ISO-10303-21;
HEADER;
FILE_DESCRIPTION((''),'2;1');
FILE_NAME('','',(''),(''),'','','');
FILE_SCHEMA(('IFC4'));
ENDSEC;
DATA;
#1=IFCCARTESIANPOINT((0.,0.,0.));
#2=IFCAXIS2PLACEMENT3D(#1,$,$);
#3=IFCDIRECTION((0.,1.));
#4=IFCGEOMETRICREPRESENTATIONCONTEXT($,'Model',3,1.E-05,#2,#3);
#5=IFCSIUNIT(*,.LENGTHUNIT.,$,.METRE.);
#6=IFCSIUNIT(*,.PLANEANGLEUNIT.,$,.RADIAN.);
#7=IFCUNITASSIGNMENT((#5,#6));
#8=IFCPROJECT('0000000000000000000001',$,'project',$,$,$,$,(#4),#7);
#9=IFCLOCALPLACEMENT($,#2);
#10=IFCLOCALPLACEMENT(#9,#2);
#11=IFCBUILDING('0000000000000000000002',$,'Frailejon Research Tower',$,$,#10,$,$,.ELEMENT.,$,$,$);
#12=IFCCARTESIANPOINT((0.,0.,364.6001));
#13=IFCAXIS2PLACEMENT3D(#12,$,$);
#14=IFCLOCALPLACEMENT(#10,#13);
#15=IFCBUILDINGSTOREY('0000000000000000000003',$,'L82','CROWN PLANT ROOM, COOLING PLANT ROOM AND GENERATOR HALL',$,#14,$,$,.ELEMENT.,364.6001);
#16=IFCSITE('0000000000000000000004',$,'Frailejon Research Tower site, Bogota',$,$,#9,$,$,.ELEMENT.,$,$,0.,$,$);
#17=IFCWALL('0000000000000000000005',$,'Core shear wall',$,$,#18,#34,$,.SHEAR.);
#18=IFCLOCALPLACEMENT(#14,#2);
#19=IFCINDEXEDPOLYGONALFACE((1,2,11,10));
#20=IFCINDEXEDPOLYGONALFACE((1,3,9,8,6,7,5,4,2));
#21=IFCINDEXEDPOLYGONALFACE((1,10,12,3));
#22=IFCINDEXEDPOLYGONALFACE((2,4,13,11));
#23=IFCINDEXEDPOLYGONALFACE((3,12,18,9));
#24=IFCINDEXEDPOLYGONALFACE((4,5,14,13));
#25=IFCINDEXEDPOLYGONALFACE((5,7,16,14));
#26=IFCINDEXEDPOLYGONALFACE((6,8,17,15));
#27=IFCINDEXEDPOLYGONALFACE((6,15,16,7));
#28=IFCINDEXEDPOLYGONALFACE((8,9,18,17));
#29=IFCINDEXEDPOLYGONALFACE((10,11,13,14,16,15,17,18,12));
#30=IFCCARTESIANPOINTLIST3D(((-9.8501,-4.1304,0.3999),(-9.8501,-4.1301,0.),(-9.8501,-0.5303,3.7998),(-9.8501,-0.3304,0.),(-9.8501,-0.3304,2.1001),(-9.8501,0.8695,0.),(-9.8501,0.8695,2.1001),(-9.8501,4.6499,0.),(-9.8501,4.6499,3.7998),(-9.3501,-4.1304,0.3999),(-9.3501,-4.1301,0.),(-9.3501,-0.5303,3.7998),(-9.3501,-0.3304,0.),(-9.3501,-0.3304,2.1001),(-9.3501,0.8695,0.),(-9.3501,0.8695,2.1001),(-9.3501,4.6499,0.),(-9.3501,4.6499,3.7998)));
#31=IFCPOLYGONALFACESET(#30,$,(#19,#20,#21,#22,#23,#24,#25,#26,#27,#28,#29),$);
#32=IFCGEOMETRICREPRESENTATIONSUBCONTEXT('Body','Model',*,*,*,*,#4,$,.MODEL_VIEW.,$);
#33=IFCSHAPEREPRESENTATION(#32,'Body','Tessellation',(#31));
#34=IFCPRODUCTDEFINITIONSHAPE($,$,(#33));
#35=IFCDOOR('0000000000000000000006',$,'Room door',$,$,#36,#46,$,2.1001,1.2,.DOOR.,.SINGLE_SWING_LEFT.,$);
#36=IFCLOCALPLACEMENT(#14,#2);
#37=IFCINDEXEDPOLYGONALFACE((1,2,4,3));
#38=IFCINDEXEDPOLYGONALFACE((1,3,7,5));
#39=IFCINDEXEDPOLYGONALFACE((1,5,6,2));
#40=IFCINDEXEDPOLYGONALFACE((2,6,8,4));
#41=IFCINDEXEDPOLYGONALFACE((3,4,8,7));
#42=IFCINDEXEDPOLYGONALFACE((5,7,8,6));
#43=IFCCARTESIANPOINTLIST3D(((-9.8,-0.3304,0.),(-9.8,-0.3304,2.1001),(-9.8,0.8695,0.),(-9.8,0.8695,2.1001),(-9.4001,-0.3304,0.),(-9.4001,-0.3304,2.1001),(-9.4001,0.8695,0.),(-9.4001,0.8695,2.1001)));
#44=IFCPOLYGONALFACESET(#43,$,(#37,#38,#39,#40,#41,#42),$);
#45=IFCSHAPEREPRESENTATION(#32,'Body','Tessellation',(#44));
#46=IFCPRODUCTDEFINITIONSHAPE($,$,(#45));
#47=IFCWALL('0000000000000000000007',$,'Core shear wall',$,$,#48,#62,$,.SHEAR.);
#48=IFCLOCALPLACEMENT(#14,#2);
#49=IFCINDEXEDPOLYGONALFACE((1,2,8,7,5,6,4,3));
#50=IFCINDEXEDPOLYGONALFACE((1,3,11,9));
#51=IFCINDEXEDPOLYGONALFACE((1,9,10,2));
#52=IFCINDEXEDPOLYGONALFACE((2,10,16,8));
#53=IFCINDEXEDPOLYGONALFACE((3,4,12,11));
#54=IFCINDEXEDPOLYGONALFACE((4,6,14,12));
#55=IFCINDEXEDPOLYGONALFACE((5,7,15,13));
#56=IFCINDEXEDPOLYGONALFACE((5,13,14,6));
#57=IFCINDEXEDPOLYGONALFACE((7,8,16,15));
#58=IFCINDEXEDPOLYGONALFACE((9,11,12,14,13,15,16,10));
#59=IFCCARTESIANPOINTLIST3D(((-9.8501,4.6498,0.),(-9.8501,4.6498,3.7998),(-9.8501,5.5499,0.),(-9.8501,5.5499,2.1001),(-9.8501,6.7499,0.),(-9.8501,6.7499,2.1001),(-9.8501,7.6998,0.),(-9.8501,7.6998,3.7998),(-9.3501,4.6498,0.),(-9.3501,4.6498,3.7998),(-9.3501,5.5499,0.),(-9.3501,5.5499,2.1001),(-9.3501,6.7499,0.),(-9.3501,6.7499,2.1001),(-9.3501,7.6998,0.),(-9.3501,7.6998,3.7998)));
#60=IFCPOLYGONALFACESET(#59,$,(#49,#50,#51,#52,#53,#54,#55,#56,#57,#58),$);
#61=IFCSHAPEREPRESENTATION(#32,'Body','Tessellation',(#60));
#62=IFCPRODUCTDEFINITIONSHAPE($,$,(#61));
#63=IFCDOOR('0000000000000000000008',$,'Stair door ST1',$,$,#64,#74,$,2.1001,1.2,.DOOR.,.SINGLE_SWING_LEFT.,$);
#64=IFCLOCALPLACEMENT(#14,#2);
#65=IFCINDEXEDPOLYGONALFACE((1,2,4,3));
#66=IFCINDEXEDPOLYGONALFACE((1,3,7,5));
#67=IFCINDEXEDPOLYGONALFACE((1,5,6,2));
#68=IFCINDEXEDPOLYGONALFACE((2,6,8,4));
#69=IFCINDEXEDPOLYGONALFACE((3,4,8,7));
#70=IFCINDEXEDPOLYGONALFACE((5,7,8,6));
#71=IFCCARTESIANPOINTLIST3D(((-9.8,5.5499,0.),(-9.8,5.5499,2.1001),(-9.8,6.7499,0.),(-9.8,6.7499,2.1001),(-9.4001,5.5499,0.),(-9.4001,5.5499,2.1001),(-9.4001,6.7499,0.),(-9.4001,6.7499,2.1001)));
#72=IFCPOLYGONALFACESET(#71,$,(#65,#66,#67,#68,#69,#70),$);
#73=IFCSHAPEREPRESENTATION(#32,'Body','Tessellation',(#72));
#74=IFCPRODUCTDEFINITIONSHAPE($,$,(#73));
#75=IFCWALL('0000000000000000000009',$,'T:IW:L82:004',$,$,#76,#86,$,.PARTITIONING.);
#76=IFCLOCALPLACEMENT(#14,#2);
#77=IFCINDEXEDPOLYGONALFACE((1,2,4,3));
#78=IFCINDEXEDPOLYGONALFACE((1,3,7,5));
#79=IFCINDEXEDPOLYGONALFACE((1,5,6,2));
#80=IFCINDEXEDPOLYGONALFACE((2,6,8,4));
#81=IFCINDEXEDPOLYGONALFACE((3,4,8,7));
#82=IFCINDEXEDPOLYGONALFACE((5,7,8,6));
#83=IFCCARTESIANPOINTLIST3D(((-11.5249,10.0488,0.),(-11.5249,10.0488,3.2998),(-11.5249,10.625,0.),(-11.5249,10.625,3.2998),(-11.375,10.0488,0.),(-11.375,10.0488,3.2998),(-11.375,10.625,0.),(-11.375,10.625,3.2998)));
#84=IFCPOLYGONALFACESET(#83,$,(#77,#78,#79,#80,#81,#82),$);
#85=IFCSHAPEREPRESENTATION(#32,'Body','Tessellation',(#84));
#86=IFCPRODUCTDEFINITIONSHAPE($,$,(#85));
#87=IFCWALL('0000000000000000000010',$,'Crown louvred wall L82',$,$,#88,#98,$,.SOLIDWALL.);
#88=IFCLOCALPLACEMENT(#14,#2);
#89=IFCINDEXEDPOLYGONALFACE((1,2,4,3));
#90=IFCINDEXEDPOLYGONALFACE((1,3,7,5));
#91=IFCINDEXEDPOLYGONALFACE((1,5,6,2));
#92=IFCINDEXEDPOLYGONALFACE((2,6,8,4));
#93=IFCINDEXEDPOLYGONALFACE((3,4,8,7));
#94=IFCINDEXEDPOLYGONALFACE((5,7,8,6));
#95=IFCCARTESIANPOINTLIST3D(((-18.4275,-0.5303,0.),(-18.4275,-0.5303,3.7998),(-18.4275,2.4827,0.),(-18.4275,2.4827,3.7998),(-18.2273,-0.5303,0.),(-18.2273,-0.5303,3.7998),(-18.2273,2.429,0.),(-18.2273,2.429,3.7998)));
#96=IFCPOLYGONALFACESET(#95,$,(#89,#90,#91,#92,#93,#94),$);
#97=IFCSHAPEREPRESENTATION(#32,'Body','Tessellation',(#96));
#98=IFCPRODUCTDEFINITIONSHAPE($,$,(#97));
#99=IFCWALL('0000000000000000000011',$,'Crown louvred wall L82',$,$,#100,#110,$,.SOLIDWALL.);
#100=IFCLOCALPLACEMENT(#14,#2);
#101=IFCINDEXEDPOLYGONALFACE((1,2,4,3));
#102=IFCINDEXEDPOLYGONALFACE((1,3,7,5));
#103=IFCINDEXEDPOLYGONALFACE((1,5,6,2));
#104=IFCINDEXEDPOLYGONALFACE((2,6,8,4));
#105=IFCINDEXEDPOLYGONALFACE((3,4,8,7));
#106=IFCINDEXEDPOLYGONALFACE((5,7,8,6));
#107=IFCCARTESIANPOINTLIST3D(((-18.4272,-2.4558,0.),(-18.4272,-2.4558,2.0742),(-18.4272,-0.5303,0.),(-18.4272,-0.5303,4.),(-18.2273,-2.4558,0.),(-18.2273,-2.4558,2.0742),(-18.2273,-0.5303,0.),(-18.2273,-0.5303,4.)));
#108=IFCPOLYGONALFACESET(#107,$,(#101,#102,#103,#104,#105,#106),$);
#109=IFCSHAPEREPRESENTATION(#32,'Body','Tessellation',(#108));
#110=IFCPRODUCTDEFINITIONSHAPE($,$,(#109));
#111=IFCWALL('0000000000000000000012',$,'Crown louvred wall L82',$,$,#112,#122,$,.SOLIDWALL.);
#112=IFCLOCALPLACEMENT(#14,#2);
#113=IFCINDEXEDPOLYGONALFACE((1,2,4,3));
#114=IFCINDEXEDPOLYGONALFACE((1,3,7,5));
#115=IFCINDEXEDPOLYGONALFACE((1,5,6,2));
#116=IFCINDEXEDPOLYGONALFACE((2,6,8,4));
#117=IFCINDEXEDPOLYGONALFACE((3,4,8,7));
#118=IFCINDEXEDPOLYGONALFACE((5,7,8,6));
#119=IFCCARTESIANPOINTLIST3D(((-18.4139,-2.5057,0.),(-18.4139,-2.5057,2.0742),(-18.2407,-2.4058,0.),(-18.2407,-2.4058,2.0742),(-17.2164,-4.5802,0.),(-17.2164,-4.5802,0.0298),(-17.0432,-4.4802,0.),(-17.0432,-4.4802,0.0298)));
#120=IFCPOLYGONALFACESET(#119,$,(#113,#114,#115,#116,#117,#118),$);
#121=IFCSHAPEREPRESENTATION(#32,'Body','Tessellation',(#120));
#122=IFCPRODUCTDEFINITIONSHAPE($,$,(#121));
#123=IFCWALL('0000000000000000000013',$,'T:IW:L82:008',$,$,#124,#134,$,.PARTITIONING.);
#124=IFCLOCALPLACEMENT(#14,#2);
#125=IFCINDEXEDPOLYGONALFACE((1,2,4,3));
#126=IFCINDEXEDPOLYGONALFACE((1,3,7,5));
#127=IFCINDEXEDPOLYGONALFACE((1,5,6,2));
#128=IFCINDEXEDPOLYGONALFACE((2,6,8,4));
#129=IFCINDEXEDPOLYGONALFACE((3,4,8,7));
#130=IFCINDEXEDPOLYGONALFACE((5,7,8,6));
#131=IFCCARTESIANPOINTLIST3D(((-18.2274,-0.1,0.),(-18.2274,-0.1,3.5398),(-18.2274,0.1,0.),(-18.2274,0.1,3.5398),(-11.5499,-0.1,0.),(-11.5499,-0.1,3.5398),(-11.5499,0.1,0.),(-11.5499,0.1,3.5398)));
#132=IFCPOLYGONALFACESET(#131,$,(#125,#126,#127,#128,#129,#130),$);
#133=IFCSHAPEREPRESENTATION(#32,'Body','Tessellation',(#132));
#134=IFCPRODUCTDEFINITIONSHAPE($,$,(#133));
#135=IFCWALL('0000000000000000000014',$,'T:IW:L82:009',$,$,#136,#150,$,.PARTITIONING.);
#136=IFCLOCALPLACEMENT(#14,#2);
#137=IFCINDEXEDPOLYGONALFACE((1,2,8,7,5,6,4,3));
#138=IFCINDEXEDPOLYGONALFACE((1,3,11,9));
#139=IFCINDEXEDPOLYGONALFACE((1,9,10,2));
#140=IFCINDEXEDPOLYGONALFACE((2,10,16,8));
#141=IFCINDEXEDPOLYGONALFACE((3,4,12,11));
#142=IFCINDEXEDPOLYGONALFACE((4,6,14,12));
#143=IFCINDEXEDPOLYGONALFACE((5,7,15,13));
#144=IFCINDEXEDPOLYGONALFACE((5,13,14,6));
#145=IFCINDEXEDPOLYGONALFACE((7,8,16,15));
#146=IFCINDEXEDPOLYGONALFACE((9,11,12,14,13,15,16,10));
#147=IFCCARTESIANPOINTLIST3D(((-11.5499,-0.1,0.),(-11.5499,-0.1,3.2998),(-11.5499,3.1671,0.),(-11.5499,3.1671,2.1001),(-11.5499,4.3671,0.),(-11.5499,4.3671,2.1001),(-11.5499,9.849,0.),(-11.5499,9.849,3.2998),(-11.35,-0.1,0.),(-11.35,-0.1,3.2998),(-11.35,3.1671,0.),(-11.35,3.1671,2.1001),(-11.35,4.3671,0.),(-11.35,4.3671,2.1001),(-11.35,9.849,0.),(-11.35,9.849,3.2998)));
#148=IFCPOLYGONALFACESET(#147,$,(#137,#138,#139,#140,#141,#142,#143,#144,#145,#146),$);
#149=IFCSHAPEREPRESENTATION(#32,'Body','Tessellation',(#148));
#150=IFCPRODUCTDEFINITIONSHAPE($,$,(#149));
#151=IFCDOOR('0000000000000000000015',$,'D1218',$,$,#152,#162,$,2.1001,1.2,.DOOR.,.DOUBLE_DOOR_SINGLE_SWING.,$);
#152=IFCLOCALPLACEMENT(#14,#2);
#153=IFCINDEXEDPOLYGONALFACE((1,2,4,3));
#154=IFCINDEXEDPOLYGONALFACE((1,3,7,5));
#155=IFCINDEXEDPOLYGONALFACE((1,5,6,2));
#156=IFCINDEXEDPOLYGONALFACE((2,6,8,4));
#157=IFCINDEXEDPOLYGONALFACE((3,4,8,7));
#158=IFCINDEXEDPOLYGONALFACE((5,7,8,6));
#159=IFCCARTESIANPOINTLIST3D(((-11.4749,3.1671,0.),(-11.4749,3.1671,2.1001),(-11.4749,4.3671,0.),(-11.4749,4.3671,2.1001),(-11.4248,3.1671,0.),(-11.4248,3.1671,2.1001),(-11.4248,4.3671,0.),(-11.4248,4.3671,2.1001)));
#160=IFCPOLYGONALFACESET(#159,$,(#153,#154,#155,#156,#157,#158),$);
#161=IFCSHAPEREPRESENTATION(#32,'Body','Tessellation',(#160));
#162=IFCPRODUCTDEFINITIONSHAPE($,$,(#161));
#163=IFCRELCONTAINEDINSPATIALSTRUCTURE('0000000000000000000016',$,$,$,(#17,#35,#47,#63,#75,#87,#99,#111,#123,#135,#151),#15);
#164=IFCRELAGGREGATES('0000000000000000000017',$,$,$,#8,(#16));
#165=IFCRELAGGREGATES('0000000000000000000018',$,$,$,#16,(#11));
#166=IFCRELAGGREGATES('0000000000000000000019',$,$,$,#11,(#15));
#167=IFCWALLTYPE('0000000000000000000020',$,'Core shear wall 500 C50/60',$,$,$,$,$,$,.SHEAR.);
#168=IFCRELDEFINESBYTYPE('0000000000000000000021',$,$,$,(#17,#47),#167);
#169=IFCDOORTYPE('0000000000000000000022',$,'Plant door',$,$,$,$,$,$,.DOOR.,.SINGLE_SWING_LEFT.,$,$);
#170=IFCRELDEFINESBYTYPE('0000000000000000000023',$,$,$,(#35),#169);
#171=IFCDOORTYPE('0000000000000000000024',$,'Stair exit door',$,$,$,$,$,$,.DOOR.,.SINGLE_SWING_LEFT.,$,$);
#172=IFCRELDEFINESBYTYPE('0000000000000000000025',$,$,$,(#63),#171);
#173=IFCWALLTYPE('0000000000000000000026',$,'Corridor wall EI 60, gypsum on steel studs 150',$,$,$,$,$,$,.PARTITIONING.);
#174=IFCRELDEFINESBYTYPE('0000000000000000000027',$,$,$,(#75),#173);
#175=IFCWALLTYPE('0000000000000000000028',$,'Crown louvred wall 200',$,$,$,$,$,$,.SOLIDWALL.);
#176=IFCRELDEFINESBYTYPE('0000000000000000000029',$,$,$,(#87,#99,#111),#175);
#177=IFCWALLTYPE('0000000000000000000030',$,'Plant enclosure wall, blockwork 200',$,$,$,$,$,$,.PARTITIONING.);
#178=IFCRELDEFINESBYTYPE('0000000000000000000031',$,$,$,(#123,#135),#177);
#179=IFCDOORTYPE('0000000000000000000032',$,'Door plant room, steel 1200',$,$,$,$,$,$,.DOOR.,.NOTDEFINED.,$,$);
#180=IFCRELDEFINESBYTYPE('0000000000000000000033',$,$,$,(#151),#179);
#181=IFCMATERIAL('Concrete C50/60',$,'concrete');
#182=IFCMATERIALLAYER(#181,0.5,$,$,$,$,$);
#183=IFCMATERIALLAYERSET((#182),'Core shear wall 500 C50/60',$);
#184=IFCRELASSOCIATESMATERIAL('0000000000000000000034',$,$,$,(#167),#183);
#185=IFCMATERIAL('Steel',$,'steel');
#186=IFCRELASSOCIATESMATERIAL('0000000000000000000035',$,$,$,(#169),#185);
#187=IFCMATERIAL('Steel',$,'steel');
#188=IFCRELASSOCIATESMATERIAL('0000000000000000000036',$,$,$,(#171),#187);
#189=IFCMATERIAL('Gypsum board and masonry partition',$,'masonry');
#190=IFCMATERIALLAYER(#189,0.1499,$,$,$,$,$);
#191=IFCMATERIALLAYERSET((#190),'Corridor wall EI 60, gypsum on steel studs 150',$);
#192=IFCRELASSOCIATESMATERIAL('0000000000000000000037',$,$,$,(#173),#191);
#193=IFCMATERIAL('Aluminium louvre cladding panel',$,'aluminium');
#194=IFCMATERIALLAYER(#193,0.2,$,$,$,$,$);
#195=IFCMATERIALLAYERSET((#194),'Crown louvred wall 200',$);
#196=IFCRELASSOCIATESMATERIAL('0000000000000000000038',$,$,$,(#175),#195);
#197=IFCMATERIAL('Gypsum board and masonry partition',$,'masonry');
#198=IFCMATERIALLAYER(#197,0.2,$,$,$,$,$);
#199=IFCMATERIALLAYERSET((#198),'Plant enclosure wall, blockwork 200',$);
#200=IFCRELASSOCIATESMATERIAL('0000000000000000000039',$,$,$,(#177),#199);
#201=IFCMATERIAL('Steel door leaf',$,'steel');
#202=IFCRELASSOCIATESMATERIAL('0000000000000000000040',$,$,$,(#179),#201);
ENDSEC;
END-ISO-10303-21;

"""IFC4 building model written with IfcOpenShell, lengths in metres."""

from ifc_helpers import new_model, si_unit, direction, frame, frame_2d, origin, place, context, subcontext, project, spatial, polyline, rectangle, outline, extrude, material, layer, layer_set, type_object, element, fill, save


model = new_model("IFC4")

# Units and contexts
model_context = context("Model", 3, precision=1e-05, world=origin(), true_north=direction((0.0, 1.0)))
body_context = subcontext(model_context, "Body", "Model", "MODEL_VIEW")
ifc_project = project(units=[si_unit("LENGTHUNIT", "METRE"), si_unit("PLANEANGLEUNIT", "RADIAN")], contexts=[model_context])

# Site, building, storey
site_placement = place(None, origin())
site = spatial("IfcSite", under=ifc_project, at=site_placement, Name="Frailejon Research Tower site, Bogota", CompositionType="ELEMENT", RefElevation=0.0)
building_placement = place(site_placement, origin())
building = spatial("IfcBuilding", under=site, at=building_placement, Name="Frailejon Research Tower", CompositionType="ELEMENT")
storey_placement = place(building_placement, frame((0.0, 0.0, 364.6001)))
storey = spatial("IfcBuildingStorey", under=building, at=storey_placement, Name="L82", Description="CROWN PLANT ROOM, COOLING PLANT ROOM AND GENERATOR HALL", CompositionType="ELEMENT", Elevation=364.6001)

# Walls, openings, doors
ifc_material_1 = material(Name="Concrete C50/60", Category="concrete")
ifc_layer_1 = layer(ifc_material_1, 0.5)
ifc_layer_set_1 = layer_set([ifc_layer_1], Name="Core shear wall 500 C50/60")
wall_type_1 = type_object("IfcWallType", Name="Core shear wall 500 C50/60", PredefinedType="SHEAR", material=ifc_layer_set_1)
wall_1_placement = place(storey_placement, frame((-9.6001, 4.6499, 0.0), z_axis=(0.0, 0.0, 1.0), x_axis=(0.0, -1.0, 0.0)))
wall_1 = element("IfcWall", 1, at=wall_1_placement, inside=storey, type_object=wall_type_1, Name="Core shear wall", PredefinedType="SHEAR", context=body_context, shape_type="SweptSolid", body=[
    extrude(outline(polyline([(0.0, 0.0), (8.78, 0.0), (8.7803, 0.3999), (5.1802, 3.7998), (0.0, 3.7998), (0.0, 0.0)])), frame((0.0, 0.25, 0.0), z_axis=(0.0, -1.0, 0.0), x_axis=(1.0, 0.0, 0.0)), (0.0, 0.0, 1.0), 0.5),
])
opening_1_placement = place(wall_1_placement, frame((3.7803, 0.0, 0.0)))
opening_1 = element("IfcOpeningElement", 2, at=opening_1_placement, cuts=wall_1, PredefinedType="OPENING", context=body_context, shape_type="SweptSolid", body=[
    extrude(rectangle(XDim=1.2, YDim=2.1001, at=frame_2d((0.6001, 1.05))), frame((0.0, 0.26, 0.0), z_axis=(0.0, -1.0, 0.0), x_axis=(1.0, 0.0, 0.0)), (0.0, 0.0, 1.0), 0.52),
])
ifc_material_2 = material(Name="Steel", Category="steel")
door_type_1 = type_object("IfcDoorType", Name="Plant door", OperationType="SINGLE_SWING_LEFT", PredefinedType="DOOR", material=ifc_material_2)
door_1_placement = place(opening_1_placement, origin())
door_1 = element("IfcDoor", 3, at=door_1_placement, inside=storey, type_object=door_type_1, Name="Room door", OperationType="SINGLE_SWING_LEFT", OverallHeight=2.1001, OverallWidth=1.2, PredefinedType="DOOR", context=body_context, shape_type="SweptSolid", body=[
    extrude(rectangle(XDim=1.2, YDim=2.1001, at=frame_2d((0.6001, 1.05))), frame((0.0, 0.2, 0.0), z_axis=(0.0, -1.0, 0.0), x_axis=(1.0, 0.0, 0.0)), (0.0, 0.0, 1.0), 0.3999),
])
fill(opening_1, door_1)
wall_2_placement = place(storey_placement, frame((-9.6001, 4.6499, 0.0), z_axis=(0.0, 0.0, 1.0), x_axis=(0.0, 1.0, 0.0)))
wall_2 = element("IfcWall", 4, at=wall_2_placement, inside=storey, type_object=wall_type_1, Name="Core shear wall", PredefinedType="SHEAR", context=body_context, shape_type="SweptSolid", body=[
    extrude(rectangle(XDim=3.05, YDim=0.5, at=frame_2d((1.5249, 0.0))), origin(), (0.0, 0.0, 1.0), 3.7998),
])
opening_2_placement = place(wall_2_placement, frame((0.8999, 0.0, 0.0)))
opening_2 = element("IfcOpeningElement", 5, at=opening_2_placement, cuts=wall_2, PredefinedType="OPENING", context=body_context, shape_type="SweptSolid", body=[
    extrude(rectangle(XDim=1.2, YDim=2.1001, at=frame_2d((0.6001, 1.05))), frame((0.0, 0.26, 0.0), z_axis=(0.0, -1.0, 0.0), x_axis=(1.0, 0.0, 0.0)), (0.0, 0.0, 1.0), 0.52),
])
ifc_material_3 = material(Name="Steel", Category="steel")
door_type_2 = type_object("IfcDoorType", Name="Stair exit door", OperationType="SINGLE_SWING_LEFT", PredefinedType="DOOR", material=ifc_material_3)
door_2_placement = place(opening_2_placement, origin())
door_2 = element("IfcDoor", 6, at=door_2_placement, inside=storey, type_object=door_type_2, Name="Stair door ST1", OperationType="SINGLE_SWING_LEFT", OverallHeight=2.1001, OverallWidth=1.2, PredefinedType="DOOR", context=body_context, shape_type="SweptSolid", body=[
    extrude(rectangle(XDim=1.2, YDim=2.1001, at=frame_2d((0.6001, 1.05))), frame((0.0, 0.2, 0.0), z_axis=(0.0, -1.0, 0.0), x_axis=(1.0, 0.0, 0.0)), (0.0, 0.0, 1.0), 0.3999),
])
fill(opening_2, door_2)

# Walls
ifc_material_4 = material(Name="Gypsum board and masonry partition", Category="masonry")
ifc_layer_2 = layer(ifc_material_4, 0.1499)
ifc_layer_set_2 = layer_set([ifc_layer_2], Name="Corridor wall EI 60, gypsum on steel studs 150")
wall_type_2 = type_object("IfcWallType", Name="Corridor wall EI 60, gypsum on steel studs 150", PredefinedType="PARTITIONING", material=ifc_layer_set_2)
wall_3_placement = place(storey_placement, frame((-11.45, 10.0488, 0.0), z_axis=(0.0, 0.0, 1.0), x_axis=(0.0, 1.0, 0.0)))
element("IfcWall", 7, at=wall_3_placement, inside=storey, type_object=wall_type_2, Name="T:IW:L82:004", PredefinedType="PARTITIONING", context=body_context, shape_type="SweptSolid", body=[
    extrude(rectangle(XDim=0.5762, YDim=0.1499, at=frame_2d((0.2881, 0.0))), origin(), (0.0, 0.0, 1.0), 3.2998),
])
ifc_material_5 = material(Name="Aluminium louvre cladding panel", Category="aluminium")
ifc_layer_3 = layer(ifc_material_5, 0.2)
ifc_layer_set_3 = layer_set([ifc_layer_3], Name="Crown louvred wall 200")
wall_type_3 = type_object("IfcWallType", Name="Crown louvred wall 200", PredefinedType="SOLIDWALL", material=ifc_layer_set_3)
wall_4_placement = place(storey_placement, frame((-18.3274, 2.4558, 0.0), z_axis=(0.0, 0.0, 1.0), x_axis=(0.0, -1.0, 0.0)))
element("IfcWall", 8, at=wall_4_placement, inside=storey, type_object=wall_type_3, Name="Crown louvred wall L82", PredefinedType="SOLIDWALL", context=body_context, shape_type="SweptSolid", body=[
    extrude(outline(polyline([(-0.0269, -0.1001), (2.9861, -0.1001), (2.9861, 0.1001), (0.0269, 0.1001), (-0.0269, -0.1001)])), origin(), (0.0, 0.0, 1.0), 3.7998),
])
wall_5_placement = place(storey_placement, frame((-18.3274, -0.5303, 0.0), z_axis=(0.0, 0.0, 1.0), x_axis=(0.0, -1.0, 0.0)))
element("IfcWall", 9, at=wall_5_placement, inside=storey, type_object=wall_type_3, Name="Crown louvred wall L82", PredefinedType="SOLIDWALL", context=body_context, shape_type="SweptSolid", body=[
    extrude(outline(polyline([(0.0, 0.0), (1.9255, 0.0), (1.9255, 2.0742), (0.0, 4.0), (0.0, 0.0)])), frame((0.0, 0.1001, 0.0), z_axis=(0.0, -1.0, 0.0), x_axis=(1.0, 0.0, 0.0)), (0.0, 0.0, 1.0), 0.2),
])
wall_6_placement = place(storey_placement, frame((-18.3274, -2.4558, 0.0), z_axis=(0.0, 0.0, 1.0), x_axis=(0.499943, -0.866058, 0.0)))
element("IfcWall", 10, at=wall_6_placement, inside=storey, type_object=wall_type_3, Name="Crown louvred wall L82", PredefinedType="SOLIDWALL", context=body_context, shape_type="SweptSolid", body=[
    extrude(outline(polyline([(0.0, 0.0), (2.3953, 0.0), (2.3953, 0.0298), (0.0, 2.0742), (0.0, 0.0)])), frame((0.0, 0.1001, 0.0), z_axis=(0.0, -1.0, 0.0), x_axis=(1.0, 0.0, 0.0)), (0.0, 0.0, 1.0), 0.2),
])
ifc_material_6 = material(Name="Gypsum board and masonry partition", Category="masonry")
ifc_layer_4 = layer(ifc_material_6, 0.2)
ifc_layer_set_4 = layer_set([ifc_layer_4], Name="Plant enclosure wall, blockwork 200")
wall_type_4 = type_object("IfcWallType", Name="Plant enclosure wall, blockwork 200", PredefinedType="PARTITIONING", material=ifc_layer_set_4)
wall_7_placement = place(storey_placement, frame((-18.2275, 0.0, 0.0), z_axis=(0.0, 0.0, 1.0), x_axis=(1.0, 0.0, 0.0)))
element("IfcWall", 11, at=wall_7_placement, inside=storey, type_object=wall_type_4, Name="T:IW:L82:008", PredefinedType="PARTITIONING", context=body_context, shape_type="SweptSolid", body=[
    extrude(rectangle(XDim=6.6775, YDim=0.2, at=frame_2d((3.3389, 0.0))), origin(), (0.0, 0.0, 1.0), 3.5398),
])

# Wall, opening, door
wall_8_placement = place(storey_placement, frame((-11.45, -0.1001, 0.0), z_axis=(0.0, 0.0, 1.0), x_axis=(0.0, 1.0, 0.0)))
wall_8 = element("IfcWall", 12, at=wall_8_placement, inside=storey, type_object=wall_type_4, Name="T:IW:L82:009", PredefinedType="PARTITIONING", context=body_context, shape_type="SweptSolid", body=[
    extrude(rectangle(XDim=9.949, YDim=0.2, at=frame_2d((4.9746, 0.0))), origin(), (0.0, 0.0, 1.0), 3.2998),
])
opening_3_placement = place(wall_8_placement, frame((3.2671, 0.0, 0.0)))
opening_3 = element("IfcOpeningElement", 13, at=opening_3_placement, cuts=wall_8, PredefinedType="OPENING", context=body_context, shape_type="SweptSolid", body=[
    extrude(rectangle(XDim=1.2, YDim=2.1001, at=frame_2d((0.6001, 1.05))), frame((0.0, 0.1099, 0.0), z_axis=(0.0, -1.0, 0.0), x_axis=(1.0, 0.0, 0.0)), (0.0, 0.0, 1.0), 0.22),
])
ifc_material_7 = material(Name="Steel door leaf", Category="steel")
door_type_3 = type_object("IfcDoorType", Name="Door plant room, steel 1200", OperationType="NOTDEFINED", PredefinedType="DOOR", material=ifc_material_7)
door_3_placement = place(opening_3_placement, origin())
door_3 = element("IfcDoor", 14, at=door_3_placement, inside=storey, type_object=door_type_3, Name="D1218", OperationType="DOUBLE_DOOR_SINGLE_SWING", OverallHeight=2.1001, OverallWidth=1.2, PredefinedType="DOOR", context=body_context, shape_type="SweptSolid", body=[
    extrude(rectangle(XDim=1.2, YDim=2.1001, at=frame_2d((0.6001, 1.05))), frame((0.0, 0.0249, 0.0), z_axis=(0.0, -1.0, 0.0), x_axis=(1.0, 0.0, 0.0)), (0.0, 0.0, 1.0), 0.05),
])
fill(opening_3, door_3)

save(model, "model.ifc")
